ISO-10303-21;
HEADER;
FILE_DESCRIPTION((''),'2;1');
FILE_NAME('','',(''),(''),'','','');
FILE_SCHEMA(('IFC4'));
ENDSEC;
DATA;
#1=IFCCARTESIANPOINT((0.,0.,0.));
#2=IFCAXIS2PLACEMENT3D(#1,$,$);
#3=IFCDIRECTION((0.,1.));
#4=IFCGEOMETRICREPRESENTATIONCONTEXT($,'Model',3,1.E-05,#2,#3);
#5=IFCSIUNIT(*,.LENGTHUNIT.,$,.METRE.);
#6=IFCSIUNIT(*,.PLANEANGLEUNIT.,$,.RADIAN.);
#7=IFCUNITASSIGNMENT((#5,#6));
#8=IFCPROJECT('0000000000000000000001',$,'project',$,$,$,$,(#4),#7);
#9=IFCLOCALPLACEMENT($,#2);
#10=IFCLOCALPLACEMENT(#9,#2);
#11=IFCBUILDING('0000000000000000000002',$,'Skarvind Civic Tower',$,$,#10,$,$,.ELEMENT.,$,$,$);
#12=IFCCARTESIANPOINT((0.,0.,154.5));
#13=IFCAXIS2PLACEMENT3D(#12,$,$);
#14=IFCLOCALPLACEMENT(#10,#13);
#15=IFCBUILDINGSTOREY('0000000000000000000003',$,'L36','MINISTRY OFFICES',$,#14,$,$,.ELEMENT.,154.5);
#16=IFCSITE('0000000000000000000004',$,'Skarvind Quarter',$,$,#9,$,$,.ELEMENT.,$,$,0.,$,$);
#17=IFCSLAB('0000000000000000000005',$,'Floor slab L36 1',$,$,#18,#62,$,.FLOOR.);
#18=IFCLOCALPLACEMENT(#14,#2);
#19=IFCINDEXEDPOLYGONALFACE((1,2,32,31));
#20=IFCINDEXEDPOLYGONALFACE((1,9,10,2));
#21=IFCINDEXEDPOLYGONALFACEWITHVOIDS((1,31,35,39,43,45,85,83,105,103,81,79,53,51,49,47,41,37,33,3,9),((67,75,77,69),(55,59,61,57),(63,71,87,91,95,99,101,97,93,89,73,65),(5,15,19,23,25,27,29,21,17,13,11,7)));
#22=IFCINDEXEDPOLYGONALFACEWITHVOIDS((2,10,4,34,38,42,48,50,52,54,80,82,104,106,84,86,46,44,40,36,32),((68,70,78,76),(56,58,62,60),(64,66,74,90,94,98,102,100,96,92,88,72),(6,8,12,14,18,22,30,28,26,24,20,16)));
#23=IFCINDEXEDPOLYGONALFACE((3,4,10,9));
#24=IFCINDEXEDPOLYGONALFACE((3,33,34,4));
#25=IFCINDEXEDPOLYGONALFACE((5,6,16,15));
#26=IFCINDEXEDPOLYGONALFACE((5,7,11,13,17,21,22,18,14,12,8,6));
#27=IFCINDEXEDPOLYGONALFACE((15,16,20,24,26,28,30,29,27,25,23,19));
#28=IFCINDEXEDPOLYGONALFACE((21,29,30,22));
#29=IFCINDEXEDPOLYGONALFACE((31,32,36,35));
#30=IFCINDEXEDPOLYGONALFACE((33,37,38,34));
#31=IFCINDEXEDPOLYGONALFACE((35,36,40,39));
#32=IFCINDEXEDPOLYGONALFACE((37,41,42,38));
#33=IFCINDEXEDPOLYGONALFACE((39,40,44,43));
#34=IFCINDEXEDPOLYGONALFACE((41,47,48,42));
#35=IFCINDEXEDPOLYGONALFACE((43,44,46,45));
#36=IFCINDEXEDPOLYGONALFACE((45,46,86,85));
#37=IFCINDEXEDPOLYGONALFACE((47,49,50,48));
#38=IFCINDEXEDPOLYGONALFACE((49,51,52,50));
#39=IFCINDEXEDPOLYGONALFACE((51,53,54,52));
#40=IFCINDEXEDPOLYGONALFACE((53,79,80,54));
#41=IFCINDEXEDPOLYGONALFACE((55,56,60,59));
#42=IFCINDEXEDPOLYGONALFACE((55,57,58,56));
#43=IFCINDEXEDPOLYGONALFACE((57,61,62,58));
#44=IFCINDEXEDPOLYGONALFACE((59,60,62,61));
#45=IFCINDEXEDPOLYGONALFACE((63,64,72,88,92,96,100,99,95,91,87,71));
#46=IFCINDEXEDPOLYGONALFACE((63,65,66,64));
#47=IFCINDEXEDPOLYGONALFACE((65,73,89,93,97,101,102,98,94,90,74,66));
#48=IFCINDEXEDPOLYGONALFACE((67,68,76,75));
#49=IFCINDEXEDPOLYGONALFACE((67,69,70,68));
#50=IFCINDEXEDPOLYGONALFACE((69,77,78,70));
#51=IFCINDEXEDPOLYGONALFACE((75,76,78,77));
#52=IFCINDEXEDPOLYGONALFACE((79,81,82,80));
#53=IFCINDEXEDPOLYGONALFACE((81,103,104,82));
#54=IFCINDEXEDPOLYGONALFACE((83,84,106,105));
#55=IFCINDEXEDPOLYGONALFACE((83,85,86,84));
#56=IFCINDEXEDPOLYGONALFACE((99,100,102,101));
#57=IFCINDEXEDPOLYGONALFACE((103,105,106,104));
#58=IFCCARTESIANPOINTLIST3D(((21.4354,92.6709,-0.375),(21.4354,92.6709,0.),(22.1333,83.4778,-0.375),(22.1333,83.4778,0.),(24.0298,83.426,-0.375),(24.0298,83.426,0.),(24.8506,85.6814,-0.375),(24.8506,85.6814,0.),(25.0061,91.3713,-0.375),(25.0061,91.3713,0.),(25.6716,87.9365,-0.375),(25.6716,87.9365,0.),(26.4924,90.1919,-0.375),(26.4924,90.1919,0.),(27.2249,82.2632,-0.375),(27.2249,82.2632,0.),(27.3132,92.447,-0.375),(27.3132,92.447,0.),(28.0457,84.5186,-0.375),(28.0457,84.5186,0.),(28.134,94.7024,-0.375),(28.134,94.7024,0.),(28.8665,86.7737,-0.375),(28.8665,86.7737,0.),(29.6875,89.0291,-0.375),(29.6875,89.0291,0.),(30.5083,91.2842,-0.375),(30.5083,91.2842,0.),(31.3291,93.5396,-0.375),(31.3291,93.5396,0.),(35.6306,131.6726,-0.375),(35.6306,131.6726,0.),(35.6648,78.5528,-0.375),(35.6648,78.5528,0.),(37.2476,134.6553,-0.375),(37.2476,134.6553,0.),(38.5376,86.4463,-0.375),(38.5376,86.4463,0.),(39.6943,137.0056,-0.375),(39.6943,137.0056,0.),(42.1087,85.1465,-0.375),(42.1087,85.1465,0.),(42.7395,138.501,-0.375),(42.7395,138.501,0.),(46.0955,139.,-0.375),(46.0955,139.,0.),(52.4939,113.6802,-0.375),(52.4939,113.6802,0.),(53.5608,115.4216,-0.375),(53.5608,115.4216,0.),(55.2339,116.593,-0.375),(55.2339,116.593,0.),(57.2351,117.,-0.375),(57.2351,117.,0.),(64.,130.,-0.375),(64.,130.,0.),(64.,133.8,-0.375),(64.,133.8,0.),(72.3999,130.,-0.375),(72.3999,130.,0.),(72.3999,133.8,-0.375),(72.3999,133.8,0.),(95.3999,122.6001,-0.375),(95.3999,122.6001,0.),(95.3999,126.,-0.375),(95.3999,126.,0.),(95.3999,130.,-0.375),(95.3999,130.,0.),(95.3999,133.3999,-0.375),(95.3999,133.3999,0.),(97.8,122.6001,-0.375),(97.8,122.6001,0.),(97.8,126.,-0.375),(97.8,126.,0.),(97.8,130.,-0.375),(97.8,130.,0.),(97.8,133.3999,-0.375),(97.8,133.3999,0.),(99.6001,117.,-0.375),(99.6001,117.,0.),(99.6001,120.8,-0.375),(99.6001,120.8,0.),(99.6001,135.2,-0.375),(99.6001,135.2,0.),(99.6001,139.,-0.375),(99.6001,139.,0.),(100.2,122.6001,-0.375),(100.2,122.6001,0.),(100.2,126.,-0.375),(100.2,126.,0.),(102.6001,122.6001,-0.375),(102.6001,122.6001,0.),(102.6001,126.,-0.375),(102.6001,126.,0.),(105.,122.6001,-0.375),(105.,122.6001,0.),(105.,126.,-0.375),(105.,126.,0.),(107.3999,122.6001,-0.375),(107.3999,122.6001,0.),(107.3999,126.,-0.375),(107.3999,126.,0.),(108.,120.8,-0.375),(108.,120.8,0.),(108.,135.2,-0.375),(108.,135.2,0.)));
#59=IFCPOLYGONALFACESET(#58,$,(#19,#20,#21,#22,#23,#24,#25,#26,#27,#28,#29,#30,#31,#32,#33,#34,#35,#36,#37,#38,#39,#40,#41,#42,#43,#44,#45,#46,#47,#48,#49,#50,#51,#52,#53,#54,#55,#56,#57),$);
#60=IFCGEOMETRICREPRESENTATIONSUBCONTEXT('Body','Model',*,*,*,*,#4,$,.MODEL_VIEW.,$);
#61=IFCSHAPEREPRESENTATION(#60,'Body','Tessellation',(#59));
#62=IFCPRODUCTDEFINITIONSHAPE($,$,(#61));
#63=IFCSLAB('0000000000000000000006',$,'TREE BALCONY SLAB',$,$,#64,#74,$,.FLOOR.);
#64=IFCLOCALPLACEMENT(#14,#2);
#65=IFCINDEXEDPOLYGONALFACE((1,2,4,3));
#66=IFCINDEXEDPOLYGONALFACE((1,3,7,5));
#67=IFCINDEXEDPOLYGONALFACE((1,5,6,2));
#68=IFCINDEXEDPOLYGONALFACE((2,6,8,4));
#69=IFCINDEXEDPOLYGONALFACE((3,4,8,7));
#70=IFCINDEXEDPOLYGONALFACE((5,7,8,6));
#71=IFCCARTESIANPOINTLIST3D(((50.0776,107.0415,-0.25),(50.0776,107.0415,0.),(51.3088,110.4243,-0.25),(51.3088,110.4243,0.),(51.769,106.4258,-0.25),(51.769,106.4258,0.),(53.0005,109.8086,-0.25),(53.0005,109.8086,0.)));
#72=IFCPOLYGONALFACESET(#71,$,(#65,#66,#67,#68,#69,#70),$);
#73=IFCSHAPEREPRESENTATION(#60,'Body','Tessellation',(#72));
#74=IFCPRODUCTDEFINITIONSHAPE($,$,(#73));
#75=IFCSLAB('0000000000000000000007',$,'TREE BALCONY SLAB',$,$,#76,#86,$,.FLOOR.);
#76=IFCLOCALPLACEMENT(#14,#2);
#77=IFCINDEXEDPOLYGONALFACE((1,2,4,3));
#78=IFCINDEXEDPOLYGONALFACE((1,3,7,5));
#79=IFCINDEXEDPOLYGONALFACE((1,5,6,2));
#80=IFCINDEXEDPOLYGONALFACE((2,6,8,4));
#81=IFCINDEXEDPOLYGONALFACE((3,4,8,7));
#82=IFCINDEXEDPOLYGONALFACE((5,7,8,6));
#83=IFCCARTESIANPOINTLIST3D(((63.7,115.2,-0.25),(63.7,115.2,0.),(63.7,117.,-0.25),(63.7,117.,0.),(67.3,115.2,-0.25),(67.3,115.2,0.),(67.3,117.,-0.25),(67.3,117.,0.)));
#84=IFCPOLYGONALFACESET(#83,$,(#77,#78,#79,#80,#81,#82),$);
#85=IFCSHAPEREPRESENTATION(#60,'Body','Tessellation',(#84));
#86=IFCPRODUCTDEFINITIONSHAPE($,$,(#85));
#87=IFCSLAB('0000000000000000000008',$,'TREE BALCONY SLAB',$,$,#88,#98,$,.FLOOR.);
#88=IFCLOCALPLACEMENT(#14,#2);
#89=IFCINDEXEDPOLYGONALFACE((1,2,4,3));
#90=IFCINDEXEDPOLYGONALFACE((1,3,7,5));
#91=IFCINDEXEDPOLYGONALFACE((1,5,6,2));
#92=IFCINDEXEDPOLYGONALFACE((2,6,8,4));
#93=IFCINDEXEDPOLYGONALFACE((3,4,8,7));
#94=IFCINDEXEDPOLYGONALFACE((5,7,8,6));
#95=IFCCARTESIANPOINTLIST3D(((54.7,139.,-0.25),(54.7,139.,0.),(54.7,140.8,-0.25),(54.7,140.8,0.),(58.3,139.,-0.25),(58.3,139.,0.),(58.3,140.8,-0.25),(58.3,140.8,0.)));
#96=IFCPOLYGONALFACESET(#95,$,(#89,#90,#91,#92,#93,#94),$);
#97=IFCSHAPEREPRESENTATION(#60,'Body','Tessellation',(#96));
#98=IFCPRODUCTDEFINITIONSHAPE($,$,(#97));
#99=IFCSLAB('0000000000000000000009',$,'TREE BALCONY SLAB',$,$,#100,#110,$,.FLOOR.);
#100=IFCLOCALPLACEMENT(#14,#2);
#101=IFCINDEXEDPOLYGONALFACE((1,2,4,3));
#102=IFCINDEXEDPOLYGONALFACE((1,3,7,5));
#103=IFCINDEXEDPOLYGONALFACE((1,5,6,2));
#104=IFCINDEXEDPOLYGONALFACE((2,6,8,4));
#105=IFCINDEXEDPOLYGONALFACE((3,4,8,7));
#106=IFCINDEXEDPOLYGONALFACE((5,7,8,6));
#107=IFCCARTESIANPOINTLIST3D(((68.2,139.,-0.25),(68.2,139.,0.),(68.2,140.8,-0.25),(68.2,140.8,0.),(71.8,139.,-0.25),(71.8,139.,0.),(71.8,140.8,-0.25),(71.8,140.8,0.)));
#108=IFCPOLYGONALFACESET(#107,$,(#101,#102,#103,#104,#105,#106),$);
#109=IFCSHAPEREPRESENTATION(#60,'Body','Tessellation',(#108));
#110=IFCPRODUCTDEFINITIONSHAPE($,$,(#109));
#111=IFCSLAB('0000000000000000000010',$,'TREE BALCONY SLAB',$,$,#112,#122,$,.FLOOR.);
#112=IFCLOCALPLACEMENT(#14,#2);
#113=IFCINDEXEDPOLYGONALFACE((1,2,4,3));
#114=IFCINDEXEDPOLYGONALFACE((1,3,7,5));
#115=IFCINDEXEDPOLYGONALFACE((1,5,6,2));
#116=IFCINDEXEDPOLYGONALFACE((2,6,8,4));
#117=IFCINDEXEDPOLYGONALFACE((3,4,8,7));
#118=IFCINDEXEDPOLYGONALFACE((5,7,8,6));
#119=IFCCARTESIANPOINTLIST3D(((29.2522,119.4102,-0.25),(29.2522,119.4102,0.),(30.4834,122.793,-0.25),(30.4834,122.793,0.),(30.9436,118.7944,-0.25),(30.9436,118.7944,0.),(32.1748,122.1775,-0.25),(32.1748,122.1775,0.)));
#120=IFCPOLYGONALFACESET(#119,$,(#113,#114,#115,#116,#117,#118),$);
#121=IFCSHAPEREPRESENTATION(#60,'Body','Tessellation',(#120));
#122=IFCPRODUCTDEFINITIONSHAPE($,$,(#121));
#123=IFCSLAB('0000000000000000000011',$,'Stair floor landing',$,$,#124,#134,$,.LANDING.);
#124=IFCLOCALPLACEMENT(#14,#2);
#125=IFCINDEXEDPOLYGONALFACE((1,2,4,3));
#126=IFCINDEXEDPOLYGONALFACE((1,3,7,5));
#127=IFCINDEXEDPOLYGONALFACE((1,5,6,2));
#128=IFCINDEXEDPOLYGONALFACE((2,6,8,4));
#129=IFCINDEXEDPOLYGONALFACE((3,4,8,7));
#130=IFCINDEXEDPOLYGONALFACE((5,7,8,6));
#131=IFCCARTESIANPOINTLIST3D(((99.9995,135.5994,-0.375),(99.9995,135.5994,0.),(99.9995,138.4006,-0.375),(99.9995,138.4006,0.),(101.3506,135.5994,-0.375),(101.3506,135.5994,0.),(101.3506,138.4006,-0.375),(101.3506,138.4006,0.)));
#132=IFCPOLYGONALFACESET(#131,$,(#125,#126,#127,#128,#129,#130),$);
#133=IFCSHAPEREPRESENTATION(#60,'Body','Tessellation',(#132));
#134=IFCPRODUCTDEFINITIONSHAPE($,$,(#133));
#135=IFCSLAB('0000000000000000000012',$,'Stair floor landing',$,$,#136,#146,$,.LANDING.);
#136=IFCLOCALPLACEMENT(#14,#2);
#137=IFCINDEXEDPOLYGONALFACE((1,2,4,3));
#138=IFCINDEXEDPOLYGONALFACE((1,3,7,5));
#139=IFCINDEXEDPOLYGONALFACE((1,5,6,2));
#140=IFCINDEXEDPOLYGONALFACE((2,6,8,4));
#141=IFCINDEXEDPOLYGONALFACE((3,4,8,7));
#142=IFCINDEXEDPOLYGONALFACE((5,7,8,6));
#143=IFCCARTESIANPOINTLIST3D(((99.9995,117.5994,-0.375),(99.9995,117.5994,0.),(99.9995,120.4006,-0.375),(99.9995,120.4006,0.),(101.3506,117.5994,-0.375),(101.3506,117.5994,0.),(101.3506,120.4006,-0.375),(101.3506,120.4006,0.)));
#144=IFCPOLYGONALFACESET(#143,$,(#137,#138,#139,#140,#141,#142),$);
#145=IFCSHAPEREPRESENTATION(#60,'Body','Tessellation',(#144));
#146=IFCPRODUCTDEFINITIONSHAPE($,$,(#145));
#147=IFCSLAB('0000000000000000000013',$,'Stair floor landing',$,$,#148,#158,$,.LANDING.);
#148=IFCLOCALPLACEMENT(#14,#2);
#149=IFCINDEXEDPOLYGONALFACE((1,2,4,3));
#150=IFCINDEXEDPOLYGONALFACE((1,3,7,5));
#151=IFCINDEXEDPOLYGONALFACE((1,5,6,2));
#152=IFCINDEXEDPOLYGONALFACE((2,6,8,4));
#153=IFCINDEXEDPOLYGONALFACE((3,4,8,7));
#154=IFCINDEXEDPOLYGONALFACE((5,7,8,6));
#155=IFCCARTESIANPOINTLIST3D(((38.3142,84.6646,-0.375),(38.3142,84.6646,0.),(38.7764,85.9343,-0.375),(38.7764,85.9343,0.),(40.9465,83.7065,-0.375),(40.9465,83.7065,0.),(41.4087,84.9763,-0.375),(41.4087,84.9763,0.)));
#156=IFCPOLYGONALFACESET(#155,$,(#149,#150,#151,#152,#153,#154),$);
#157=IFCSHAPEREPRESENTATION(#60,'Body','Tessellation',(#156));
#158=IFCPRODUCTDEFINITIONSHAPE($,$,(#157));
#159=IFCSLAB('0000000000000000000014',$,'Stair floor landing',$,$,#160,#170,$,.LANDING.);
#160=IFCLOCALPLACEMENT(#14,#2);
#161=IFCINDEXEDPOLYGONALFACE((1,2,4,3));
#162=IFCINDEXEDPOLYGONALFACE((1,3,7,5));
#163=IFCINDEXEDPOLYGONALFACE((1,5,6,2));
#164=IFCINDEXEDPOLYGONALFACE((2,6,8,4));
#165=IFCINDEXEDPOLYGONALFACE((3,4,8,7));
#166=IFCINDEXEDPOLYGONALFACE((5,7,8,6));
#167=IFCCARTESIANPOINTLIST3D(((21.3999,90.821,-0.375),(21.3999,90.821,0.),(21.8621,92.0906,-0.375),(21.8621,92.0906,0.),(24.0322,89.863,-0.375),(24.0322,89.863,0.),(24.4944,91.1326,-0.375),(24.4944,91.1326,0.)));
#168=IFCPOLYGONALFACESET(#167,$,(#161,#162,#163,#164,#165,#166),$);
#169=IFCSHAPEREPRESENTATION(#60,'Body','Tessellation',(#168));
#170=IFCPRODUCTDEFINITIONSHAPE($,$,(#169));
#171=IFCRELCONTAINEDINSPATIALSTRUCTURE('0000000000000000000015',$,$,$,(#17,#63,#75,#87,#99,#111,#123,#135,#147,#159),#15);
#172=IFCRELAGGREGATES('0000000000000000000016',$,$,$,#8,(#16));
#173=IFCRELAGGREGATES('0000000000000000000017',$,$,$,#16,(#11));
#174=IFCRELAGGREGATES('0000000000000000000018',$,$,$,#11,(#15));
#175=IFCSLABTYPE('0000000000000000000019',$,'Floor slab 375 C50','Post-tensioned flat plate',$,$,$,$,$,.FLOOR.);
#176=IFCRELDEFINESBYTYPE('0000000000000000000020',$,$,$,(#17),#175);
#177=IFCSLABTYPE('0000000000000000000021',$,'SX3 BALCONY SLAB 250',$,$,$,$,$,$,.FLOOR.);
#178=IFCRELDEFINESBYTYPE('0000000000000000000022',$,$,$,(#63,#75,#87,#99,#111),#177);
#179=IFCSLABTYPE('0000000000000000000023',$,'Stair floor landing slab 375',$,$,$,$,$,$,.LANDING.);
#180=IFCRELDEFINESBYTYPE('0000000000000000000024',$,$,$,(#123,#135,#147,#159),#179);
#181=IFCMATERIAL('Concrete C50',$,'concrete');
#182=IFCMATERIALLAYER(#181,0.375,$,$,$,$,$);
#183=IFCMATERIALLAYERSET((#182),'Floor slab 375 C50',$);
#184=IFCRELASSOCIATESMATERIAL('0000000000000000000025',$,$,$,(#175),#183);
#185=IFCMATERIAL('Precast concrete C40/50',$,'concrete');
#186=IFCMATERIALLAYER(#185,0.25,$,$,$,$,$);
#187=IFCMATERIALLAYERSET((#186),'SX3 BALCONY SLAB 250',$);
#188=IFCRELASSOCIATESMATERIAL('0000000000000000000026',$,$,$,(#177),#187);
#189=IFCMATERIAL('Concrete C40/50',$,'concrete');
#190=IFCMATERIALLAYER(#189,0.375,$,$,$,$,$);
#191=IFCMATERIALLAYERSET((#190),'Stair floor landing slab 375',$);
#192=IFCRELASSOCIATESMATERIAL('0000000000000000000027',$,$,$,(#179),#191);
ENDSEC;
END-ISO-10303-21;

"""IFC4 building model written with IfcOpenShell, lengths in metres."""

from ifc_helpers import new_model, si_unit, direction, frame, origin, place, context, subcontext, project, spatial, polyline, outline, extrude, material, layer, layer_set, type_object, element, save


model = new_model("IFC4")

# Units and contexts
model_context = context("Model", 3, precision=1e-05, world=origin(), true_north=direction((0.0, 1.0)))
body_context = subcontext(model_context, "Body", "Model", "MODEL_VIEW")
ifc_project = project(units=[si_unit("LENGTHUNIT", "METRE"), si_unit("PLANEANGLEUNIT", "RADIAN")], contexts=[model_context])

# Site, building, storey
site_placement = place(None, origin())
site = spatial("IfcSite", under=ifc_project, at=site_placement, Name="Skarvind Quarter", CompositionType="ELEMENT", RefElevation=0.0)
building_placement = place(site_placement, origin())
building = spatial("IfcBuilding", under=site, at=building_placement, Name="Skarvind Civic Tower", CompositionType="ELEMENT")
storey_placement = place(building_placement, frame((0.0, 0.0, 154.5)))
storey = spatial("IfcBuildingStorey", under=building, at=storey_placement, Name="L36", Description="MINISTRY OFFICES", CompositionType="ELEMENT", Elevation=154.5)

# Slabs
ifc_material_1 = material(Name="Concrete C50", Category="concrete")
ifc_layer_1 = layer(ifc_material_1, 0.375)
ifc_layer_set_1 = layer_set([ifc_layer_1], Name="Floor slab 375 C50")
slab_type_1 = type_object("IfcSlabType", Name="Floor slab 375 C50", Description="Post-tensioned flat plate", PredefinedType="FLOOR", material=ifc_layer_set_1)
slab_1_placement = place(storey_placement, frame((0.0, 0.0, -0.375)))
element("IfcSlab", 1, at=slab_1_placement, inside=storey, type_object=slab_type_1, Name="Floor slab L36 1", PredefinedType="FLOOR", context=body_context, shape_type="SweptSolid", body=[
    extrude(outline(polyline([(99.6001, 117.0), (99.6001, 120.8), (108.0, 120.8), (108.0, 135.2), (99.6001, 135.2), (99.6001, 139.0), (46.0955, 139.0), (42.7395, 138.501), (39.6943, 137.0056), (37.2476, 134.6553), (35.6306, 131.6726), (19.4175, 87.1267), (21.4353, 92.6709), (25.0061, 91.3713), (22.1333, 83.4778), (36.8865, 78.1082), (35.6648, 78.5527), (38.5376, 86.4463), (42.1086, 85.1465), (40.0908, 79.6023), (40.0908, 79.6023), (52.4939, 113.6802), (53.5608, 115.4216), (55.2339, 116.593), (57.2351, 117.0), (99.6001, 117.0)]), holes=[polyline([(25.6716, 87.9365), (26.4924, 90.1919), (27.3132, 92.447), (28.134, 94.7024), (31.3291, 93.5396), (30.5083, 91.2842), (29.6875, 89.0291), (28.8665, 86.7737), (28.8665, 86.7737), (28.0457, 84.5186), (27.2249, 82.2632), (24.0298, 83.426), (24.8506, 85.6814), (25.6716, 87.9365), (25.6716, 87.9365)]), polyline([(64.0, 130.0), (64.0, 133.8), (72.3999, 133.8), (72.3999, 130.0), (64.0, 130.0)]), polyline([(97.8, 126.0), (100.2, 126.0), (102.6001, 126.0), (105.0, 126.0), (107.3999, 126.0), (107.3999, 122.6001), (105.0, 122.6001), (102.6001, 122.6001), (100.2, 122.6001), (97.8, 122.6001), (95.3999, 122.6001), (95.3999, 126.0), (97.8, 126.0)]), polyline([(97.8, 133.3999), (97.8, 130.0), (95.3999, 130.0), (95.3999, 133.3999), (97.8, 133.3999)])]), origin(), (0.0, 0.0, 1.0), 0.375),
])
ifc_material_2 = material(Name="Precast concrete C40/50", Category="concrete")
ifc_layer_2 = layer(ifc_material_2, 0.25)
ifc_layer_set_2 = layer_set([ifc_layer_2], Name="SX3 BALCONY SLAB 250")
slab_type_2 = type_object("IfcSlabType", Name="SX3 BALCONY SLAB 250", PredefinedType="FLOOR", material=ifc_layer_set_2)
slab_2_placement = place(storey_placement, frame((0.0, 0.0, -0.25)))
element("IfcSlab", 2, at=slab_2_placement, inside=storey, type_object=slab_type_2, Name="TREE BALCONY SLAB", PredefinedType="FLOOR", context=body_context, shape_type="SweptSolid", body=[
    extrude(outline(polyline([(51.3088, 110.4243), (50.0776, 107.0415), (51.769, 106.4258), (53.0005, 109.8086), (51.3088, 110.4243)])), origin(), (0.0, 0.0, 1.0), 0.25),
])
slab_3_placement = place(storey_placement, frame((0.0, 0.0, -0.25)))
element("IfcSlab", 3, at=slab_3_placement, inside=storey, type_object=slab_type_2, Name="TREE BALCONY SLAB", PredefinedType="FLOOR", context=body_context, shape_type="SweptSolid", body=[
    extrude(outline(polyline([(67.3, 117.0), (63.7, 117.0), (63.7, 115.2), (67.3, 115.2), (67.3, 117.0)])), origin(), (0.0, 0.0, 1.0), 0.25),
])
slab_4_placement = place(storey_placement, frame((0.0, 0.0, -0.25)))
element("IfcSlab", 4, at=slab_4_placement, inside=storey, type_object=slab_type_2, Name="TREE BALCONY SLAB", PredefinedType="FLOOR", context=body_context, shape_type="SweptSolid", body=[
    extrude(outline(polyline([(54.7, 139.0), (58.3, 139.0), (58.3, 140.8), (54.7, 140.8), (54.7, 139.0)])), origin(), (0.0, 0.0, 1.0), 0.25),
])
slab_5_placement = place(storey_placement, frame((0.0, 0.0, -0.25)))
element("IfcSlab", 5, at=slab_5_placement, inside=storey, type_object=slab_type_2, Name="TREE BALCONY SLAB", PredefinedType="FLOOR", context=body_context, shape_type="SweptSolid", body=[
    extrude(outline(polyline([(68.2, 139.0), (71.8, 139.0), (71.8, 140.8), (68.2, 140.8), (68.2, 139.0)])), origin(), (0.0, 0.0, 1.0), 0.25),
])
slab_6_placement = place(storey_placement, frame((0.0, 0.0, -0.25)))
element("IfcSlab", 6, at=slab_6_placement, inside=storey, type_object=slab_type_2, Name="TREE BALCONY SLAB", PredefinedType="FLOOR", context=body_context, shape_type="SweptSolid", body=[
    extrude(outline(polyline([(30.9436, 118.7944), (32.1748, 122.1775), (30.4834, 122.793), (29.2522, 119.4102), (30.9436, 118.7944)])), origin(), (0.0, 0.0, 1.0), 0.25),
])
ifc_material_3 = material(Name="Concrete C40/50", Category="concrete")
ifc_layer_3 = layer(ifc_material_3, 0.375)
ifc_layer_set_3 = layer_set([ifc_layer_3], Name="Stair floor landing slab 375")
slab_type_3 = type_object("IfcSlabType", Name="Stair floor landing slab 375", PredefinedType="LANDING", material=ifc_layer_set_3)
slab_7_placement = place(storey_placement, frame((0.0, 0.0, -0.375)))
element("IfcSlab", 7, at=slab_7_placement, inside=storey, type_object=slab_type_3, Name="Stair floor landing", PredefinedType="LANDING", context=body_context, shape_type="SweptSolid", body=[
    extrude(outline(polyline([(101.3506, 138.4006), (101.3506, 135.5994), (99.9995, 135.5994), (99.9995, 138.4006), (101.3506, 138.4006)])), origin(), (0.0, 0.0, 1.0), 0.375),
])
slab_8_placement = place(storey_placement, frame((0.0, 0.0, -0.375)))
element("IfcSlab", 8, at=slab_8_placement, inside=storey, type_object=slab_type_3, Name="Stair floor landing", PredefinedType="LANDING", context=body_context, shape_type="SweptSolid", body=[
    extrude(outline(polyline([(101.3506, 120.4006), (101.3506, 117.5994), (99.9995, 117.5994), (99.9995, 120.4006), (101.3506, 120.4006)])), origin(), (0.0, 0.0, 1.0), 0.375),
])
slab_9_placement = place(storey_placement, frame((0.0, 0.0, -0.375)))
element("IfcSlab", 9, at=slab_9_placement, inside=storey, type_object=slab_type_3, Name="Stair floor landing", PredefinedType="LANDING", context=body_context, shape_type="SweptSolid", body=[
    extrude(outline(polyline([(40.9465, 83.7065), (38.3142, 84.6646), (38.7764, 85.9343), (41.4087, 84.9763), (40.9465, 83.7065)])), origin(), (0.0, 0.0, 1.0), 0.375),
])
slab_10_placement = place(storey_placement, frame((0.0, 0.0, -0.375)))
element("IfcSlab", 10, at=slab_10_placement, inside=storey, type_object=slab_type_3, Name="Stair floor landing", PredefinedType="LANDING", context=body_context, shape_type="SweptSolid", body=[
    extrude(outline(polyline([(24.0322, 89.863), (21.3999, 90.821), (21.8621, 92.0906), (24.4944, 91.1326), (24.0322, 89.863)])), origin(), (0.0, 0.0, 1.0), 0.375),
])

save(model, "model.ifc")
